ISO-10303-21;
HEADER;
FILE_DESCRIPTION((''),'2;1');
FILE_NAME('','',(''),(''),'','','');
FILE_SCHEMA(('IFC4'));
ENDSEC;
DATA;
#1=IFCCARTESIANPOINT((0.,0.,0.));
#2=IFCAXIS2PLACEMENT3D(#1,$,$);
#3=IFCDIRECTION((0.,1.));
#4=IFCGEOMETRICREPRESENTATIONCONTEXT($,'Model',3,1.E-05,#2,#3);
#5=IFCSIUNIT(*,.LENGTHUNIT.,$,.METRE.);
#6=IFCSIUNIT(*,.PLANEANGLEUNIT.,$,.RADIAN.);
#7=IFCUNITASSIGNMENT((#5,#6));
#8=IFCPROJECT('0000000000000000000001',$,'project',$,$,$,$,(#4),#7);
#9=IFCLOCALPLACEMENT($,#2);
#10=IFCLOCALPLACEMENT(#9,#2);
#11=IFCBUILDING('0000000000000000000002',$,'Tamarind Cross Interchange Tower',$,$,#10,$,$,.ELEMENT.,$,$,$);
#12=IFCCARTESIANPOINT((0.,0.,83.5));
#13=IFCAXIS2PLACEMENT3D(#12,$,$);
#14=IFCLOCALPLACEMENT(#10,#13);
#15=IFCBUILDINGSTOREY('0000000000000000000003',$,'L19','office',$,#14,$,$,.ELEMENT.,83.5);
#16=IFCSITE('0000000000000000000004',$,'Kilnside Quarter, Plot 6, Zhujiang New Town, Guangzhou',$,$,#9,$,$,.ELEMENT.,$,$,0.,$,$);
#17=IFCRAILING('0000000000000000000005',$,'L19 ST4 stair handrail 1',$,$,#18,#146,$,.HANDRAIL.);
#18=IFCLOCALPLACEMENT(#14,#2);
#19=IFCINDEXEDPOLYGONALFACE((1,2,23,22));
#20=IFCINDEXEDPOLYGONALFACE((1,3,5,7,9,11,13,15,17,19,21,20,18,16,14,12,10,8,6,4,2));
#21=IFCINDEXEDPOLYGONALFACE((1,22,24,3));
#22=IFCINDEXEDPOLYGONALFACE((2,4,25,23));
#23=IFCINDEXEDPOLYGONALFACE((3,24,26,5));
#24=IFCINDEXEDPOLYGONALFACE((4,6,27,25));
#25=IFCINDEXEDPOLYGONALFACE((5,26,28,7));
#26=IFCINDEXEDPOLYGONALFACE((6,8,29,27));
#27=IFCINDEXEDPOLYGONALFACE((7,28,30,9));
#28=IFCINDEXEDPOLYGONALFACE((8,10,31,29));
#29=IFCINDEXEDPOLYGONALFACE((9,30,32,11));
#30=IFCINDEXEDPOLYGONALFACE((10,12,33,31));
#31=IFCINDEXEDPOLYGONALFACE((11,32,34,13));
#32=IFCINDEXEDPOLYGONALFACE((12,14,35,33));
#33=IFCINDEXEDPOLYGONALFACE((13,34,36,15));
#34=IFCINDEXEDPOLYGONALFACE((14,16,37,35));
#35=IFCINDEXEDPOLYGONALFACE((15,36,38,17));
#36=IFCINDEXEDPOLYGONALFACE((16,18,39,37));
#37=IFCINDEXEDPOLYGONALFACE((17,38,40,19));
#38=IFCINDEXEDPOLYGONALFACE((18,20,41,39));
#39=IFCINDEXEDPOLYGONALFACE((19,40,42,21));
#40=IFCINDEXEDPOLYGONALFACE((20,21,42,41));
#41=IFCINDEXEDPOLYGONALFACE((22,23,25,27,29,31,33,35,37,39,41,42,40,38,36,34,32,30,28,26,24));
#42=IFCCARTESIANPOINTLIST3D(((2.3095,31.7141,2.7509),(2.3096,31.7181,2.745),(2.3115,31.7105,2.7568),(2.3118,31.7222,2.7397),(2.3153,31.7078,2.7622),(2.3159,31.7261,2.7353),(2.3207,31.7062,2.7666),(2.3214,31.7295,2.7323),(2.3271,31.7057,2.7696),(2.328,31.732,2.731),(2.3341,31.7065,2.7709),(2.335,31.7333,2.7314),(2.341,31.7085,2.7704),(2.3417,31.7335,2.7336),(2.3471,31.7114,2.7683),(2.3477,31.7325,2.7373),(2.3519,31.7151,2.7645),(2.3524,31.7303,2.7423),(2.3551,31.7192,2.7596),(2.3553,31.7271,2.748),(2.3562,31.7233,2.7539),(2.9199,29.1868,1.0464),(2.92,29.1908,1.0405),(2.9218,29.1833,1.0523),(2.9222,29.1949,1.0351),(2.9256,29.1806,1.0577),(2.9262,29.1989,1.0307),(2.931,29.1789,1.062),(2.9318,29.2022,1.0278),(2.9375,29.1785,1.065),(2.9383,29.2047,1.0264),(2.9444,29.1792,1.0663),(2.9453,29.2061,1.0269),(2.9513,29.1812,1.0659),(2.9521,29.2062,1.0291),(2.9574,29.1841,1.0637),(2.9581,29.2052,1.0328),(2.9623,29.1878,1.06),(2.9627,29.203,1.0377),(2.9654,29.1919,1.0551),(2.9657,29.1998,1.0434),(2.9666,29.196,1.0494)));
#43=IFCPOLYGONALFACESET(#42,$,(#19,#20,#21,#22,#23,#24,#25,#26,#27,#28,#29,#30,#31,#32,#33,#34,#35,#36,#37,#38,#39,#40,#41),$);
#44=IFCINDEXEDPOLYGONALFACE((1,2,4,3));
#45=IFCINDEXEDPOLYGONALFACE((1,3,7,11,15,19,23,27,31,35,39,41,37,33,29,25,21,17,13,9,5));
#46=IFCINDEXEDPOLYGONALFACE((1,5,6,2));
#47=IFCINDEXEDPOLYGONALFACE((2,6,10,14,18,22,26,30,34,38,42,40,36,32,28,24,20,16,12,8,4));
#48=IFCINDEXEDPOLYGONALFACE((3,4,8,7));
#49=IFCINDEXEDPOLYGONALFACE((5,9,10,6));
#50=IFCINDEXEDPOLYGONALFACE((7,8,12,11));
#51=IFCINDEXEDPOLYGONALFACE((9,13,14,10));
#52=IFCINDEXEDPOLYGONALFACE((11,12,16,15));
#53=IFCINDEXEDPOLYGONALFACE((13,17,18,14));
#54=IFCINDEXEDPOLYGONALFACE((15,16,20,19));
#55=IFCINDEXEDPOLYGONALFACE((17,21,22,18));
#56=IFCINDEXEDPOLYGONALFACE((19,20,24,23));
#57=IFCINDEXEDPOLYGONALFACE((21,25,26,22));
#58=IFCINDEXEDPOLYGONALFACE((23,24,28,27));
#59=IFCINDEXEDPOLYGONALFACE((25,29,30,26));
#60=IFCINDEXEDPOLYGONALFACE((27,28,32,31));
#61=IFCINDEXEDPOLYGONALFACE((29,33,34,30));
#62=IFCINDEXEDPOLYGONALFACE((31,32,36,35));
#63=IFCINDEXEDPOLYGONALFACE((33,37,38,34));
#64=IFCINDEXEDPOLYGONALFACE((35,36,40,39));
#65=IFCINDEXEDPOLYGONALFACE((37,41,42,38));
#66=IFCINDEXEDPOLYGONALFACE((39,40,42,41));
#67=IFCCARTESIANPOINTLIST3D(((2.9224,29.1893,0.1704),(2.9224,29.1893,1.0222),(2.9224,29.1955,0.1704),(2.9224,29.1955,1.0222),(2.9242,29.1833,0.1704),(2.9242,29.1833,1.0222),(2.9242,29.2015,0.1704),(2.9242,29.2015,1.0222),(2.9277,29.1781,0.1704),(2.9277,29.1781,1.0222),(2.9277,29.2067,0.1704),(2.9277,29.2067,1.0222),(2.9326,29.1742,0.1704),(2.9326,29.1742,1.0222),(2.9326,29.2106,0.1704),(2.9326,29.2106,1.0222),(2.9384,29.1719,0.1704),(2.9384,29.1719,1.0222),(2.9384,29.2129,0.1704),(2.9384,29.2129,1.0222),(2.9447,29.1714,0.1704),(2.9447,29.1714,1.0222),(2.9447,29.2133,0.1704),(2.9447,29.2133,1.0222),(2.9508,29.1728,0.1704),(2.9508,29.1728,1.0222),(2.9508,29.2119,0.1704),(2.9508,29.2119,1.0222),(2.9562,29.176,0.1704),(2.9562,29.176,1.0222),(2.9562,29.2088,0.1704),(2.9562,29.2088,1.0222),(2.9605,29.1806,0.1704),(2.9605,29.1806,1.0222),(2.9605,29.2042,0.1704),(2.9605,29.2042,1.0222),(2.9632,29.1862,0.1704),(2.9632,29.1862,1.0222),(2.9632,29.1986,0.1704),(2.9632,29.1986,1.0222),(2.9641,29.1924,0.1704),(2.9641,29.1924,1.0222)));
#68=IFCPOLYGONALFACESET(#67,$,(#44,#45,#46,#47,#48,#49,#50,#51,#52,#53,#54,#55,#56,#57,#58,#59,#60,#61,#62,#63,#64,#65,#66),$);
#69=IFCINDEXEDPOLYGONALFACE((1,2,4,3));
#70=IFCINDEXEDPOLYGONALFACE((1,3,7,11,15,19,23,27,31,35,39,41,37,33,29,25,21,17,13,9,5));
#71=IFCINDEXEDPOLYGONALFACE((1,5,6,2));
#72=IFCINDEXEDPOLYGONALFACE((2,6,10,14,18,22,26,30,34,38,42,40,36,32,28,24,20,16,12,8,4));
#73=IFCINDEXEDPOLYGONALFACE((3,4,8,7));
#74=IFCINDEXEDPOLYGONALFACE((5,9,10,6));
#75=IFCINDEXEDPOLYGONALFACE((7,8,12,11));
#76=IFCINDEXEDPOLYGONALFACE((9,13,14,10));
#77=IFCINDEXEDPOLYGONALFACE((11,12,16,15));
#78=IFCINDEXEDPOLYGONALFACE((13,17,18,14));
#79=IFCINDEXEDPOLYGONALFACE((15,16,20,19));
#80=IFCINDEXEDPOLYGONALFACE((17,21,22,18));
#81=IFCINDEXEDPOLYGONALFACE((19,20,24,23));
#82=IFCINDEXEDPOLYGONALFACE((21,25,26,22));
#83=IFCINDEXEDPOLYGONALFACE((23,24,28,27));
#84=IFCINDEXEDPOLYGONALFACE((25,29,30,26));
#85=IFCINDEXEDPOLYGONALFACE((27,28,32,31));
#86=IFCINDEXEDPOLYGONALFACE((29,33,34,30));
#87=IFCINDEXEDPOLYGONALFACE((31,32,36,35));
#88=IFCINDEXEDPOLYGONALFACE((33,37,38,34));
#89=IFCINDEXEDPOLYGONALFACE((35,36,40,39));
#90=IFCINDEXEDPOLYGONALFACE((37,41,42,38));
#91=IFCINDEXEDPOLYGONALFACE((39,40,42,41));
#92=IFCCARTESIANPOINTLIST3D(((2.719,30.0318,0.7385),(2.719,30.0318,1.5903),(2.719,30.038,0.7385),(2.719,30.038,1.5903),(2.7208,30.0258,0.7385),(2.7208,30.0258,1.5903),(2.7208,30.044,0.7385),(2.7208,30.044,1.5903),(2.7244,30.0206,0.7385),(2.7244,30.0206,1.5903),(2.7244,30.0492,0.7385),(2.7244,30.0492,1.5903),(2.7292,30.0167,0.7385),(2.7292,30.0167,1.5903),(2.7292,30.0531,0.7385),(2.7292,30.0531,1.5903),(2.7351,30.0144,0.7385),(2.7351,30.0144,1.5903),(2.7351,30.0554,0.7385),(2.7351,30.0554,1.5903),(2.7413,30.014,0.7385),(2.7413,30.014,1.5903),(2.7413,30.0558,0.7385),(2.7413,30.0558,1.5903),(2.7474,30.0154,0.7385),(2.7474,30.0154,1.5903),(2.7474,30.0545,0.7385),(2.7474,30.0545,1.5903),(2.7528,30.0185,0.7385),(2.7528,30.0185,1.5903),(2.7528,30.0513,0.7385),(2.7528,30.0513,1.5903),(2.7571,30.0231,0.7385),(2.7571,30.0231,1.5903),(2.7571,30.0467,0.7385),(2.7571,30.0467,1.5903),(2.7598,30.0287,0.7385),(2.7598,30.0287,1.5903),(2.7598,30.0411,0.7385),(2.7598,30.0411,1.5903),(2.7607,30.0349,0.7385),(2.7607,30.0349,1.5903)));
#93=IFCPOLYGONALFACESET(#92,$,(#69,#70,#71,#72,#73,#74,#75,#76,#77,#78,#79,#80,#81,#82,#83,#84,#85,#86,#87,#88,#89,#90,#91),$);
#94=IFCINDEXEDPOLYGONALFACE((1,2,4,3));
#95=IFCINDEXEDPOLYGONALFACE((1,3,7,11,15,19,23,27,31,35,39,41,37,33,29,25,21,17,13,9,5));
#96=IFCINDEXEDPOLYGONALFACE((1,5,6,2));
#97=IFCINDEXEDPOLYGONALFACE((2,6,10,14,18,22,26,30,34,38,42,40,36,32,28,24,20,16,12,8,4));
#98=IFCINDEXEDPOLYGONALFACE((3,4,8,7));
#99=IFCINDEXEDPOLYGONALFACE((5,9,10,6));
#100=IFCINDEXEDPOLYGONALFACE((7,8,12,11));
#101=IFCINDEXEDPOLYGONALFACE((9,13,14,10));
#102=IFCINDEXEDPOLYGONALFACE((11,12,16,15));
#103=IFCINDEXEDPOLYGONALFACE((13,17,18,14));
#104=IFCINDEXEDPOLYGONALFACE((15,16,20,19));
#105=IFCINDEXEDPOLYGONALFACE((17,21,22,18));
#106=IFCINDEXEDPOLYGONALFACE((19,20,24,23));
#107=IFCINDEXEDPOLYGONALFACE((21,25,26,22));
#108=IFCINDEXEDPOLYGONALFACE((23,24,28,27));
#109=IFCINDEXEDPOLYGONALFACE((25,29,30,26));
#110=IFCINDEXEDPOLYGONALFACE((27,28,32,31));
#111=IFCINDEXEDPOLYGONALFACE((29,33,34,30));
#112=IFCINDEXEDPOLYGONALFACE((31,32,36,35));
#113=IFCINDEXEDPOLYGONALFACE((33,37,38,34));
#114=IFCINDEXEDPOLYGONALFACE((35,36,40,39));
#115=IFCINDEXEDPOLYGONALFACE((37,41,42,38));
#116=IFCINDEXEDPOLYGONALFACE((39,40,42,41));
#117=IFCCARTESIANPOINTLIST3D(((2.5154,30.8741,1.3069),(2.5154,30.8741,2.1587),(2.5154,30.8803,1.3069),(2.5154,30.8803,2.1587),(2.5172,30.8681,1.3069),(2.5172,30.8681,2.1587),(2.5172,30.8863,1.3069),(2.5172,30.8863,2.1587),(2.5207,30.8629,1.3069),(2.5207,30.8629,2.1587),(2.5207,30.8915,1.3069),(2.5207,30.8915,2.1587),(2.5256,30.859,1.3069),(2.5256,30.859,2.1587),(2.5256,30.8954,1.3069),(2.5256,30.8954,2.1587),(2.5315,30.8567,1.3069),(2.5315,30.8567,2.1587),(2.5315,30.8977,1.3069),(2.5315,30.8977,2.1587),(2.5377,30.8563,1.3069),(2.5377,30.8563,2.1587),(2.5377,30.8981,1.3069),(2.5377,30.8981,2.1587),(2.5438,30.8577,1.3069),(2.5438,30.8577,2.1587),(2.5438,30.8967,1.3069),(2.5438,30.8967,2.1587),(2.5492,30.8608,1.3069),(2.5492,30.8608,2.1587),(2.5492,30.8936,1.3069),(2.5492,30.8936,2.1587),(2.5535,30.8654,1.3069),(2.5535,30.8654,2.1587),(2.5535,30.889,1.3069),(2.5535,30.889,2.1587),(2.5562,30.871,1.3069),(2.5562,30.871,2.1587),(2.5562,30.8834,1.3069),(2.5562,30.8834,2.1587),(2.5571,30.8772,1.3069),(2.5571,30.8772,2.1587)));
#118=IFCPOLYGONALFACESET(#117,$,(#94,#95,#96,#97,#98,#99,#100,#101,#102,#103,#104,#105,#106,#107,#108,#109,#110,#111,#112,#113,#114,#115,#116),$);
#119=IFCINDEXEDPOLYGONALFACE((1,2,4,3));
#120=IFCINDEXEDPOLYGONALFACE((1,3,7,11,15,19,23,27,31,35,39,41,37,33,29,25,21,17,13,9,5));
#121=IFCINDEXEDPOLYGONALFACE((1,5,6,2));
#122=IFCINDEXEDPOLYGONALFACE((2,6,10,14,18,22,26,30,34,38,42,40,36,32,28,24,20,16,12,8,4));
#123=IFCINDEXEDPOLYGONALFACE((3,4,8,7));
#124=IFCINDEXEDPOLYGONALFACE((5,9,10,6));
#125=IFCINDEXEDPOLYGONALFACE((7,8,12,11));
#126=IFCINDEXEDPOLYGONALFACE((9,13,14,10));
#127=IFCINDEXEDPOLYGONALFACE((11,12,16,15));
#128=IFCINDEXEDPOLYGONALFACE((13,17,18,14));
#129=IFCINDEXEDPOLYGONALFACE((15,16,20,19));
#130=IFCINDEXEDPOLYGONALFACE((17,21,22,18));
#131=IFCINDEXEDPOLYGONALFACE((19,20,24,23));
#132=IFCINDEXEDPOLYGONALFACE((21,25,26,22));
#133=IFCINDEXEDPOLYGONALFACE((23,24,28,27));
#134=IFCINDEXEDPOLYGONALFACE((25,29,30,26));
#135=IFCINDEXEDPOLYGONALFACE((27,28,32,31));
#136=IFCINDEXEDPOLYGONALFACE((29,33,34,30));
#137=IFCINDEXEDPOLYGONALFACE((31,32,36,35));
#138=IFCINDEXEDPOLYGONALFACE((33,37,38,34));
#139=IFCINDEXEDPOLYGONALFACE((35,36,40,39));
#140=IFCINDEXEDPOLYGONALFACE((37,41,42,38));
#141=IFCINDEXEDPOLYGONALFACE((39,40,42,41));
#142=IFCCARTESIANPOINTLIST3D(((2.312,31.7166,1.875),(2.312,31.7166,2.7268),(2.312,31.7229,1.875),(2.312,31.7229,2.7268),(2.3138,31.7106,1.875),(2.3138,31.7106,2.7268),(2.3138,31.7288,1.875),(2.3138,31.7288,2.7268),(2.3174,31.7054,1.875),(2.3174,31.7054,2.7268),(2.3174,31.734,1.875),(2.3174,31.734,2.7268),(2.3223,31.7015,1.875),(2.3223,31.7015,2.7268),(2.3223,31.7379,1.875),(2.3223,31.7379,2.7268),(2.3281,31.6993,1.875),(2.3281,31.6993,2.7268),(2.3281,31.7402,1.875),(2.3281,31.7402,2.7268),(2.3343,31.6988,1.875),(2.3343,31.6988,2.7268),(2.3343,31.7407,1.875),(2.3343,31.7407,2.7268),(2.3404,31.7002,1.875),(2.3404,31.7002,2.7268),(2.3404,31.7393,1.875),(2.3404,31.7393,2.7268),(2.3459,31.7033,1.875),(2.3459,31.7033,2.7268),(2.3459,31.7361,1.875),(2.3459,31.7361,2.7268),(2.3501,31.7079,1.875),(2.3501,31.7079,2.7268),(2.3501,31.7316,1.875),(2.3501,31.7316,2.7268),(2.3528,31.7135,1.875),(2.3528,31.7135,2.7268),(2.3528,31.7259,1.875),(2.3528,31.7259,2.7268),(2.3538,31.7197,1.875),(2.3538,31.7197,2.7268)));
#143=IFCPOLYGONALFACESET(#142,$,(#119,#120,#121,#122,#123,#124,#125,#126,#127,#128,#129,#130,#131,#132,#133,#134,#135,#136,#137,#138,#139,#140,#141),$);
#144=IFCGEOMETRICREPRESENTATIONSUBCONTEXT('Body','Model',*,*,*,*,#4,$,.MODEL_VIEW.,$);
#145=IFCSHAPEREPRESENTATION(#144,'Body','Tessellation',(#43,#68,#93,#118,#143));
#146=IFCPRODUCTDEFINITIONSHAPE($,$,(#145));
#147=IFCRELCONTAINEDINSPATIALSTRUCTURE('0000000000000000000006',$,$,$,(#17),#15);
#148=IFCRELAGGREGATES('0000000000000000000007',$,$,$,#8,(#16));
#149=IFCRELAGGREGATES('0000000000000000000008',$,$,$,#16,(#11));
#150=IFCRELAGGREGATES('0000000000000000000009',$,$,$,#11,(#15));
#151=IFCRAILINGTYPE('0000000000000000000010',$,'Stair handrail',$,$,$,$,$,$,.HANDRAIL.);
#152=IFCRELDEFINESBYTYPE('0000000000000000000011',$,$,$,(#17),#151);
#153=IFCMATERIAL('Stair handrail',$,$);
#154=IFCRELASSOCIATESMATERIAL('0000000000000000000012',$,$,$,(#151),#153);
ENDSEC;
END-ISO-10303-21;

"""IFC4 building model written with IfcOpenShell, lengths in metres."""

from ifc_helpers import new_model, si_unit, direction, frame, origin, origin_2d, place, context, subcontext, project, spatial, circle, extrude, material, type_object, element, save


model = new_model("IFC4")

# Units and contexts
model_context = context("Model", 3, precision=1e-05, world=origin(), true_north=direction((0.0, 1.0)))
body_context = subcontext(model_context, "Body", "Model", "MODEL_VIEW")
ifc_project = project(units=[si_unit("LENGTHUNIT", "METRE"), si_unit("PLANEANGLEUNIT", "RADIAN")], contexts=[model_context])

# Site, building, storey
site_placement = place(None, origin())
site = spatial("IfcSite", under=ifc_project, at=site_placement, Name="Kilnside Quarter, Plot 6, Zhujiang New Town, Guangzhou", CompositionType="ELEMENT", RefElevation=0.0)
building_placement = place(site_placement, origin())
building = spatial("IfcBuilding", under=site, at=building_placement, Name="Tamarind Cross Interchange Tower", CompositionType="ELEMENT")
storey_placement = place(building_placement, frame((0.0, 0.0, 83.5)))
storey = spatial("IfcBuildingStorey", under=building, at=storey_placement, Name="L19", Description="office", CompositionType="ELEMENT", Elevation=83.5)

# Railing
ifc_material_1 = material(Name="Stair handrail")
railing_type_1 = type_object("IfcRailingType", Name="Stair handrail", PredefinedType="HANDRAIL", material=ifc_material_1)
railing_1_placement = place(storey_placement, frame((2.9431, 29.1924, 0.1704)))
element("IfcRailing", 1, at=railing_1_placement, inside=storey, type_object=railing_type_1, Name="L19 ST4 stair handrail 1", PredefinedType="HANDRAIL", context=body_context, shape_type="SweptSolid", body=[
    extrude(circle(Radius=0.0239, at=origin_2d()), frame((0.0, 0.0, 0.876), z_axis=(-0.19632, 0.812923, 0.548283), x_axis=(-0.972056, -0.234751, 0.0)), (0.0, 0.0, 1.0), 3.1089),
    extrude(circle(Radius=0.021, at=origin_2d()), origin(), (0.0, 0.0, 1.0), 0.8518),
    extrude(circle(Radius=0.021, at=origin_2d()), frame((-0.2034, 0.8425, 0.5681)), (0.0, 0.0, 1.0), 0.8518),
    extrude(circle(Radius=0.021, at=origin_2d()), frame((-0.407, 1.6848, 1.1365)), (0.0, 0.0, 1.0), 0.8518),
    extrude(circle(Radius=0.021, at=origin_2d()), frame((-0.6104, 2.5273, 1.7046)), (0.0, 0.0, 1.0), 0.8518),
])

save(model, "model.ifc")
